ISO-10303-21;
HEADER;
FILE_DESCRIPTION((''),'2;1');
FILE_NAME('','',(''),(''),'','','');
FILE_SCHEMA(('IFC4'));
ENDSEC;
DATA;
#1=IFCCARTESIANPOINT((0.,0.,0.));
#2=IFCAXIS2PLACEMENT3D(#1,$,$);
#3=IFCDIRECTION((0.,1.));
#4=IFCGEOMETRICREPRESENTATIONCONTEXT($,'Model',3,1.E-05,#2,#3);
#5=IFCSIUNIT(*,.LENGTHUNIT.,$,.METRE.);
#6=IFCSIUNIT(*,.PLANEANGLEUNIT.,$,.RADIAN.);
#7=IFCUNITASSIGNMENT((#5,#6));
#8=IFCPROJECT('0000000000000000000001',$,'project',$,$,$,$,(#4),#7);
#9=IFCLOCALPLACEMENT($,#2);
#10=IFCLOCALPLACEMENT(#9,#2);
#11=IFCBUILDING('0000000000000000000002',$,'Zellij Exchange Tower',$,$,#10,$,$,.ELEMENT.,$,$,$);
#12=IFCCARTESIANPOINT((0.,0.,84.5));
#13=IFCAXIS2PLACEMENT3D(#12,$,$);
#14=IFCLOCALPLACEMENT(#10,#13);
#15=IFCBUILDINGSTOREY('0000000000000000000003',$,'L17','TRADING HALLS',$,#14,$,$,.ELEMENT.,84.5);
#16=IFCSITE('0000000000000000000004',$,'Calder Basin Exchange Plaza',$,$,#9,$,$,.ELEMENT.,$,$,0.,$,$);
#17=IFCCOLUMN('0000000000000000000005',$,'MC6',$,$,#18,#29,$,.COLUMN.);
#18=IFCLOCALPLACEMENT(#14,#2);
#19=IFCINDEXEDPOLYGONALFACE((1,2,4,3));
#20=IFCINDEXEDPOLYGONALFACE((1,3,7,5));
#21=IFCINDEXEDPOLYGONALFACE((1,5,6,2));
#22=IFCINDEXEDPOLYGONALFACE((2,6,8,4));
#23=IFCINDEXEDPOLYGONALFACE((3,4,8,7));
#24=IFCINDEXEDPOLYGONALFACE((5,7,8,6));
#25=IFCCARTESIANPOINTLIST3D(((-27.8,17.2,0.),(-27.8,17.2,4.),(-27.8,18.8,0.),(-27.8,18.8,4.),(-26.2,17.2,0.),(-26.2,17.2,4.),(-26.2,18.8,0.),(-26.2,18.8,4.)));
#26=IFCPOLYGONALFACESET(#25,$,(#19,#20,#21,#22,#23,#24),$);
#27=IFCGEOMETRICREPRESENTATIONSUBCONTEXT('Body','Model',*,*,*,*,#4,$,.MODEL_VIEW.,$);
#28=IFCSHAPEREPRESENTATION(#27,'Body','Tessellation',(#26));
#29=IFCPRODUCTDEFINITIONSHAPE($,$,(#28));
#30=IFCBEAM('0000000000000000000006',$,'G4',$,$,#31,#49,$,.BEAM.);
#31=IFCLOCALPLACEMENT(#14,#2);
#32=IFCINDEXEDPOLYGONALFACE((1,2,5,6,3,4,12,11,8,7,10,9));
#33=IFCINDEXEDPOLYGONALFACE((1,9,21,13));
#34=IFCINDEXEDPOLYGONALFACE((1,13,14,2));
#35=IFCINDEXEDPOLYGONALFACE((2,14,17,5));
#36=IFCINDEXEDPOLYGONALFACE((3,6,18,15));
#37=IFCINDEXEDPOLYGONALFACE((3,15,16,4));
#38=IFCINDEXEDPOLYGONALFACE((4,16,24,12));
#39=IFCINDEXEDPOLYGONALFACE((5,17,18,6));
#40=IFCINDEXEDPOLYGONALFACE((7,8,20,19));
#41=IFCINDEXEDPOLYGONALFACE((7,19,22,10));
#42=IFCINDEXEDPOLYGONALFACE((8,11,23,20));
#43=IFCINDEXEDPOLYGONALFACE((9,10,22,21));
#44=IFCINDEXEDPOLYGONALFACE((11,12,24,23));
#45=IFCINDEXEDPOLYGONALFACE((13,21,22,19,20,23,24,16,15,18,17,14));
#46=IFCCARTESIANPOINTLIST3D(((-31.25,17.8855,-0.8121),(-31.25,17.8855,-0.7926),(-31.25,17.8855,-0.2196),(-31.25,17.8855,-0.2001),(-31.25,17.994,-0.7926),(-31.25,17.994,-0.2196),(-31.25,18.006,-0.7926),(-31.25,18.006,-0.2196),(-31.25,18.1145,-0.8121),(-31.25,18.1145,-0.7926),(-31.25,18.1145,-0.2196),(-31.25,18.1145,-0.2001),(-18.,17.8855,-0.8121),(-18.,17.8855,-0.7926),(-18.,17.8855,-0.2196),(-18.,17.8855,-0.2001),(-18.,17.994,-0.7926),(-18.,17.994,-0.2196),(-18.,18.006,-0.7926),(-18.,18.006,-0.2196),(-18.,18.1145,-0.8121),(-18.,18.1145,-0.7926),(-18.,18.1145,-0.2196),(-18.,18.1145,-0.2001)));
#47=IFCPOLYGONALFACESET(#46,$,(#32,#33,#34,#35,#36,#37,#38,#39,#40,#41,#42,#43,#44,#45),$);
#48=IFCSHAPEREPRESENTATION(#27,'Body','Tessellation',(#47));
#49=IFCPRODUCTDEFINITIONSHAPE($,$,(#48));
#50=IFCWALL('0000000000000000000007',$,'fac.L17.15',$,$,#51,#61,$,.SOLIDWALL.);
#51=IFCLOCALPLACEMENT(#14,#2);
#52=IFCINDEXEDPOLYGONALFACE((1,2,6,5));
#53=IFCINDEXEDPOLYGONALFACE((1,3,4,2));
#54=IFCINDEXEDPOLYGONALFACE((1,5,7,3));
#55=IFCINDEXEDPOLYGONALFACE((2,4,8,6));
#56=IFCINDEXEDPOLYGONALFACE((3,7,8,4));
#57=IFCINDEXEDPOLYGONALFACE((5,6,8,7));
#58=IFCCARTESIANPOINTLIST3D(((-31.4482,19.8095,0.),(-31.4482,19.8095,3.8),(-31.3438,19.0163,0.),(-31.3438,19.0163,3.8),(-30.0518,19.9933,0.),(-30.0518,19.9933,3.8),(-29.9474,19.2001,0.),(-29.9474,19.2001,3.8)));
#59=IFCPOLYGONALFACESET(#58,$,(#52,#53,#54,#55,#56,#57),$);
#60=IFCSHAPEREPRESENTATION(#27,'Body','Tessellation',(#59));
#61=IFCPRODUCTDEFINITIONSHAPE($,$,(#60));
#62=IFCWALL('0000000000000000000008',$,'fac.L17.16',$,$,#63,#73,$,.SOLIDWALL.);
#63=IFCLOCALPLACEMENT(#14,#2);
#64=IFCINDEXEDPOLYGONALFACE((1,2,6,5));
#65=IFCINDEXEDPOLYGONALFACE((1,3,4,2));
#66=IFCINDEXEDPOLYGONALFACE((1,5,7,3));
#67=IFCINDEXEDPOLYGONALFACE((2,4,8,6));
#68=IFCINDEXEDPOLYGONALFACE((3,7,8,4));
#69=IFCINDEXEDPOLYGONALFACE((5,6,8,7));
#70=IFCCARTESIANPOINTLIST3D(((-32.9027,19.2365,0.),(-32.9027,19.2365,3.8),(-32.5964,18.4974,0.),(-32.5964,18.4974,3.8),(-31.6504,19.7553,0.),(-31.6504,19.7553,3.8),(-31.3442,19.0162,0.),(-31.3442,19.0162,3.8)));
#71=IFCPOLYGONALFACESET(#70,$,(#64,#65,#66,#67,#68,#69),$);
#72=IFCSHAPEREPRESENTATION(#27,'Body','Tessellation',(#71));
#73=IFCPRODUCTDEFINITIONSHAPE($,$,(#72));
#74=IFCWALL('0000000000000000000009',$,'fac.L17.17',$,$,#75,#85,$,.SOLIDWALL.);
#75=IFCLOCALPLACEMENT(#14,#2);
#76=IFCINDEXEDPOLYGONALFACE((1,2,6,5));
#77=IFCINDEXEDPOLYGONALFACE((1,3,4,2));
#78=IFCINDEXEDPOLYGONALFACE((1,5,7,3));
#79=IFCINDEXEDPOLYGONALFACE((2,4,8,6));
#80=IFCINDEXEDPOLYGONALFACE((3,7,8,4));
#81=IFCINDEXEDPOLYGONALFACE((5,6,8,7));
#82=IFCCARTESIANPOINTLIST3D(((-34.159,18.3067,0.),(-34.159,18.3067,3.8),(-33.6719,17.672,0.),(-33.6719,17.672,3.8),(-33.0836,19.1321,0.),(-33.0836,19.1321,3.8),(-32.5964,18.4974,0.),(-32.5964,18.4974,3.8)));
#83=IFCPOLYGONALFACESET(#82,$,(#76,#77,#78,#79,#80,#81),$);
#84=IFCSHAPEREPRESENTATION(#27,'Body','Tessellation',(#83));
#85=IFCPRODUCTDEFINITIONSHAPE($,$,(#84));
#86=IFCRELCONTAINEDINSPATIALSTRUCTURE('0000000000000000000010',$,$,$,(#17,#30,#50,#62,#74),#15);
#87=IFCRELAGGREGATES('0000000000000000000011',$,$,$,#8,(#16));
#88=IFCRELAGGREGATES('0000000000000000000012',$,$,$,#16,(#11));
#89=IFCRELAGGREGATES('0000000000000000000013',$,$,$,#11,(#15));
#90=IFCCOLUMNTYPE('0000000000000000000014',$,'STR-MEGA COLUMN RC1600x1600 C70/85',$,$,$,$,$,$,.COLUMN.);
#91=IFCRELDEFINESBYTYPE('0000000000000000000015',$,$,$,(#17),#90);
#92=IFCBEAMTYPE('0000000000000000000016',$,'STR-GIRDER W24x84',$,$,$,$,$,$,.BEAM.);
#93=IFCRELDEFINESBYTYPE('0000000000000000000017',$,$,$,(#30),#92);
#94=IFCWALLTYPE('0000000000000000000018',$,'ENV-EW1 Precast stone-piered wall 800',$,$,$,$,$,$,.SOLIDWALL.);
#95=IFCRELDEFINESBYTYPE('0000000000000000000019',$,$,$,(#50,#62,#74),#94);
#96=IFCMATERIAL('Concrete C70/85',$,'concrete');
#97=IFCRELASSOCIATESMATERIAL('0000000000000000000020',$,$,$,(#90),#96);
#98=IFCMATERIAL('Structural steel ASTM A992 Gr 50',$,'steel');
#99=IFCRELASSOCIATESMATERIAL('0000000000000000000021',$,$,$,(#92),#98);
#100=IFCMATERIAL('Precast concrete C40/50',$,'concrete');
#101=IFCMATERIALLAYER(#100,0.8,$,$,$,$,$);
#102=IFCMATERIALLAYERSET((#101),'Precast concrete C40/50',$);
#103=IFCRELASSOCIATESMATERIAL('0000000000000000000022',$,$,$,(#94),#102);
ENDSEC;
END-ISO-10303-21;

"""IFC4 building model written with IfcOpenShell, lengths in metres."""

from ifc_helpers import new_model, si_unit, direction, frame, frame_2d, origin, origin_2d, place, context, subcontext, project, spatial, rectangle, i_section, extrude, material, layer, layer_set, material_profile, profile_set, type_object, element, save


model = new_model("IFC4")

# Units and contexts
model_context = context("Model", 3, precision=1e-05, world=origin(), true_north=direction((0.0, 1.0)))
body_context = subcontext(model_context, "Body", "Model", "MODEL_VIEW")
ifc_project = project(units=[si_unit("LENGTHUNIT", "METRE"), si_unit("PLANEANGLEUNIT", "RADIAN")], contexts=[model_context])

# Site, building, storey
site_placement = place(None, origin())
site = spatial("IfcSite", under=ifc_project, at=site_placement, Name="Calder Basin Exchange Plaza", CompositionType="ELEMENT", RefElevation=0.0)
building_placement = place(site_placement, origin())
building = spatial("IfcBuilding", under=site, at=building_placement, Name="Zellij Exchange Tower", CompositionType="ELEMENT")
storey_placement = place(building_placement, frame((0.0, 0.0, 84.5)))
storey = spatial("IfcBuildingStorey", under=building, at=storey_placement, Name="L17", Description="TRADING HALLS", CompositionType="ELEMENT", Elevation=84.5)

# Column
ifc_material_1 = material(Name="Concrete C70/85", Category="concrete")
ifc_material_profile_1 = material_profile(ifc_material_1, rectangle(XDim=1.6001, YDim=1.6001, at=origin_2d()), Name="STR-MEGA COLUMN RC1600x1600 C70/85")
ifc_profile_set_1 = profile_set([ifc_material_profile_1], Name="Concrete C70/85")
column_type = type_object("IfcColumnType", Name="STR-MEGA COLUMN RC1600x1600 C70/85", PredefinedType="COLUMN", material=ifc_profile_set_1)
column_placement = place(storey_placement, frame((-27.0, 18.0, 0.0), z_axis=(0.0, 0.0, 1.0), x_axis=(1.0, 0.0, 0.0)))
element("IfcColumn", 1, at=column_placement, inside=storey, type_object=column_type, Name="MC6", PredefinedType="COLUMN", context=body_context, shape_type="SweptSolid", body=[
    extrude(rectangle(XDim=1.6001, YDim=1.6001, at=origin_2d()), origin(), (0.0, 0.0, 1.0), 4.0),
])

# Beam
ifc_material_2 = material(Name="Structural steel ASTM A992 Gr 50", Category="steel")
ifc_material_profile_2 = material_profile(ifc_material_2, i_section(OverallWidth=0.229, OverallDepth=0.6121, WebThickness=0.012, FlangeThickness=0.0195, at=origin_2d()), Name="W24x84")
ifc_profile_set_2 = profile_set([ifc_material_profile_2], Name="Structural steel ASTM A992 Gr 50")
beam_type = type_object("IfcBeamType", Name="STR-GIRDER W24x84", PredefinedType="BEAM", material=ifc_profile_set_2)
beam_placement = place(storey_placement, frame((-31.25, 18.0, -0.5061), z_axis=(1.0, 0.0, 0.0), x_axis=(0.0, 1.0, 0.0)))
element("IfcBeam", 2, at=beam_placement, inside=storey, type_object=beam_type, Name="G4", PredefinedType="BEAM", context=body_context, shape_type="SweptSolid", body=[
    extrude(i_section(OverallWidth=0.229, OverallDepth=0.6121, WebThickness=0.012, FlangeThickness=0.0195, at=origin_2d()), origin(), (0.0, 0.0, 1.0), 13.25),
])

# Walls
ifc_material_3 = material(Name="Precast concrete C40/50", Category="concrete")
ifc_layer_1 = layer(ifc_material_3, 0.8)
ifc_layer_set_1 = layer_set([ifc_layer_1], Name="Precast concrete C40/50")
wall_type = type_object("IfcWallType", Name="ENV-EW1 Precast stone-piered wall 800", PredefinedType="SOLIDWALL", material=ifc_layer_set_1)
wall_1_placement = place(storey_placement, frame((-29.9998, 19.5967, 0.0), z_axis=(0.0, 0.0, 1.0), x_axis=(-0.991446, -0.130517, 0.0)))
element("IfcWall", 3, at=wall_1_placement, inside=storey, type_object=wall_type, Name="fac.L17.15", PredefinedType="SOLIDWALL", context=body_context, shape_type="SweptSolid", body=[
    extrude(rectangle(XDim=1.4084, YDim=0.8, at=frame_2d((0.7041, 0.0))), origin(), (0.0, 0.0, 1.0), 3.8),
])
wall_2_placement = place(storey_placement, frame((-31.4973, 19.3857, 0.0), z_axis=(0.0, 0.0, 1.0), x_axis=(-0.923848, -0.38276, 0.0)))
element("IfcWall", 4, at=wall_2_placement, inside=storey, type_object=wall_type, Name="fac.L17.16", PredefinedType="SOLIDWALL", context=body_context, shape_type="SweptSolid", body=[
    extrude(rectangle(XDim=1.3555, YDim=0.8, at=frame_2d((0.6777, 0.0))), origin(), (0.0, 0.0, 1.0), 3.8),
])
wall_3_placement = place(storey_placement, frame((-32.8401, 18.8147, 0.0), z_axis=(0.0, 0.0, 1.0), x_axis=(-0.793273, -0.608866, 0.0)))
element("IfcWall", 5, at=wall_3_placement, inside=storey, type_object=wall_type, Name="fac.L17.17", PredefinedType="SOLIDWALL", context=body_context, shape_type="SweptSolid", body=[
    extrude(rectangle(XDim=1.3557, YDim=0.8, at=frame_2d((0.6777, 0.0))), origin(), (0.0, 0.0, 1.0), 3.8),
])

save(model, "model.ifc")
